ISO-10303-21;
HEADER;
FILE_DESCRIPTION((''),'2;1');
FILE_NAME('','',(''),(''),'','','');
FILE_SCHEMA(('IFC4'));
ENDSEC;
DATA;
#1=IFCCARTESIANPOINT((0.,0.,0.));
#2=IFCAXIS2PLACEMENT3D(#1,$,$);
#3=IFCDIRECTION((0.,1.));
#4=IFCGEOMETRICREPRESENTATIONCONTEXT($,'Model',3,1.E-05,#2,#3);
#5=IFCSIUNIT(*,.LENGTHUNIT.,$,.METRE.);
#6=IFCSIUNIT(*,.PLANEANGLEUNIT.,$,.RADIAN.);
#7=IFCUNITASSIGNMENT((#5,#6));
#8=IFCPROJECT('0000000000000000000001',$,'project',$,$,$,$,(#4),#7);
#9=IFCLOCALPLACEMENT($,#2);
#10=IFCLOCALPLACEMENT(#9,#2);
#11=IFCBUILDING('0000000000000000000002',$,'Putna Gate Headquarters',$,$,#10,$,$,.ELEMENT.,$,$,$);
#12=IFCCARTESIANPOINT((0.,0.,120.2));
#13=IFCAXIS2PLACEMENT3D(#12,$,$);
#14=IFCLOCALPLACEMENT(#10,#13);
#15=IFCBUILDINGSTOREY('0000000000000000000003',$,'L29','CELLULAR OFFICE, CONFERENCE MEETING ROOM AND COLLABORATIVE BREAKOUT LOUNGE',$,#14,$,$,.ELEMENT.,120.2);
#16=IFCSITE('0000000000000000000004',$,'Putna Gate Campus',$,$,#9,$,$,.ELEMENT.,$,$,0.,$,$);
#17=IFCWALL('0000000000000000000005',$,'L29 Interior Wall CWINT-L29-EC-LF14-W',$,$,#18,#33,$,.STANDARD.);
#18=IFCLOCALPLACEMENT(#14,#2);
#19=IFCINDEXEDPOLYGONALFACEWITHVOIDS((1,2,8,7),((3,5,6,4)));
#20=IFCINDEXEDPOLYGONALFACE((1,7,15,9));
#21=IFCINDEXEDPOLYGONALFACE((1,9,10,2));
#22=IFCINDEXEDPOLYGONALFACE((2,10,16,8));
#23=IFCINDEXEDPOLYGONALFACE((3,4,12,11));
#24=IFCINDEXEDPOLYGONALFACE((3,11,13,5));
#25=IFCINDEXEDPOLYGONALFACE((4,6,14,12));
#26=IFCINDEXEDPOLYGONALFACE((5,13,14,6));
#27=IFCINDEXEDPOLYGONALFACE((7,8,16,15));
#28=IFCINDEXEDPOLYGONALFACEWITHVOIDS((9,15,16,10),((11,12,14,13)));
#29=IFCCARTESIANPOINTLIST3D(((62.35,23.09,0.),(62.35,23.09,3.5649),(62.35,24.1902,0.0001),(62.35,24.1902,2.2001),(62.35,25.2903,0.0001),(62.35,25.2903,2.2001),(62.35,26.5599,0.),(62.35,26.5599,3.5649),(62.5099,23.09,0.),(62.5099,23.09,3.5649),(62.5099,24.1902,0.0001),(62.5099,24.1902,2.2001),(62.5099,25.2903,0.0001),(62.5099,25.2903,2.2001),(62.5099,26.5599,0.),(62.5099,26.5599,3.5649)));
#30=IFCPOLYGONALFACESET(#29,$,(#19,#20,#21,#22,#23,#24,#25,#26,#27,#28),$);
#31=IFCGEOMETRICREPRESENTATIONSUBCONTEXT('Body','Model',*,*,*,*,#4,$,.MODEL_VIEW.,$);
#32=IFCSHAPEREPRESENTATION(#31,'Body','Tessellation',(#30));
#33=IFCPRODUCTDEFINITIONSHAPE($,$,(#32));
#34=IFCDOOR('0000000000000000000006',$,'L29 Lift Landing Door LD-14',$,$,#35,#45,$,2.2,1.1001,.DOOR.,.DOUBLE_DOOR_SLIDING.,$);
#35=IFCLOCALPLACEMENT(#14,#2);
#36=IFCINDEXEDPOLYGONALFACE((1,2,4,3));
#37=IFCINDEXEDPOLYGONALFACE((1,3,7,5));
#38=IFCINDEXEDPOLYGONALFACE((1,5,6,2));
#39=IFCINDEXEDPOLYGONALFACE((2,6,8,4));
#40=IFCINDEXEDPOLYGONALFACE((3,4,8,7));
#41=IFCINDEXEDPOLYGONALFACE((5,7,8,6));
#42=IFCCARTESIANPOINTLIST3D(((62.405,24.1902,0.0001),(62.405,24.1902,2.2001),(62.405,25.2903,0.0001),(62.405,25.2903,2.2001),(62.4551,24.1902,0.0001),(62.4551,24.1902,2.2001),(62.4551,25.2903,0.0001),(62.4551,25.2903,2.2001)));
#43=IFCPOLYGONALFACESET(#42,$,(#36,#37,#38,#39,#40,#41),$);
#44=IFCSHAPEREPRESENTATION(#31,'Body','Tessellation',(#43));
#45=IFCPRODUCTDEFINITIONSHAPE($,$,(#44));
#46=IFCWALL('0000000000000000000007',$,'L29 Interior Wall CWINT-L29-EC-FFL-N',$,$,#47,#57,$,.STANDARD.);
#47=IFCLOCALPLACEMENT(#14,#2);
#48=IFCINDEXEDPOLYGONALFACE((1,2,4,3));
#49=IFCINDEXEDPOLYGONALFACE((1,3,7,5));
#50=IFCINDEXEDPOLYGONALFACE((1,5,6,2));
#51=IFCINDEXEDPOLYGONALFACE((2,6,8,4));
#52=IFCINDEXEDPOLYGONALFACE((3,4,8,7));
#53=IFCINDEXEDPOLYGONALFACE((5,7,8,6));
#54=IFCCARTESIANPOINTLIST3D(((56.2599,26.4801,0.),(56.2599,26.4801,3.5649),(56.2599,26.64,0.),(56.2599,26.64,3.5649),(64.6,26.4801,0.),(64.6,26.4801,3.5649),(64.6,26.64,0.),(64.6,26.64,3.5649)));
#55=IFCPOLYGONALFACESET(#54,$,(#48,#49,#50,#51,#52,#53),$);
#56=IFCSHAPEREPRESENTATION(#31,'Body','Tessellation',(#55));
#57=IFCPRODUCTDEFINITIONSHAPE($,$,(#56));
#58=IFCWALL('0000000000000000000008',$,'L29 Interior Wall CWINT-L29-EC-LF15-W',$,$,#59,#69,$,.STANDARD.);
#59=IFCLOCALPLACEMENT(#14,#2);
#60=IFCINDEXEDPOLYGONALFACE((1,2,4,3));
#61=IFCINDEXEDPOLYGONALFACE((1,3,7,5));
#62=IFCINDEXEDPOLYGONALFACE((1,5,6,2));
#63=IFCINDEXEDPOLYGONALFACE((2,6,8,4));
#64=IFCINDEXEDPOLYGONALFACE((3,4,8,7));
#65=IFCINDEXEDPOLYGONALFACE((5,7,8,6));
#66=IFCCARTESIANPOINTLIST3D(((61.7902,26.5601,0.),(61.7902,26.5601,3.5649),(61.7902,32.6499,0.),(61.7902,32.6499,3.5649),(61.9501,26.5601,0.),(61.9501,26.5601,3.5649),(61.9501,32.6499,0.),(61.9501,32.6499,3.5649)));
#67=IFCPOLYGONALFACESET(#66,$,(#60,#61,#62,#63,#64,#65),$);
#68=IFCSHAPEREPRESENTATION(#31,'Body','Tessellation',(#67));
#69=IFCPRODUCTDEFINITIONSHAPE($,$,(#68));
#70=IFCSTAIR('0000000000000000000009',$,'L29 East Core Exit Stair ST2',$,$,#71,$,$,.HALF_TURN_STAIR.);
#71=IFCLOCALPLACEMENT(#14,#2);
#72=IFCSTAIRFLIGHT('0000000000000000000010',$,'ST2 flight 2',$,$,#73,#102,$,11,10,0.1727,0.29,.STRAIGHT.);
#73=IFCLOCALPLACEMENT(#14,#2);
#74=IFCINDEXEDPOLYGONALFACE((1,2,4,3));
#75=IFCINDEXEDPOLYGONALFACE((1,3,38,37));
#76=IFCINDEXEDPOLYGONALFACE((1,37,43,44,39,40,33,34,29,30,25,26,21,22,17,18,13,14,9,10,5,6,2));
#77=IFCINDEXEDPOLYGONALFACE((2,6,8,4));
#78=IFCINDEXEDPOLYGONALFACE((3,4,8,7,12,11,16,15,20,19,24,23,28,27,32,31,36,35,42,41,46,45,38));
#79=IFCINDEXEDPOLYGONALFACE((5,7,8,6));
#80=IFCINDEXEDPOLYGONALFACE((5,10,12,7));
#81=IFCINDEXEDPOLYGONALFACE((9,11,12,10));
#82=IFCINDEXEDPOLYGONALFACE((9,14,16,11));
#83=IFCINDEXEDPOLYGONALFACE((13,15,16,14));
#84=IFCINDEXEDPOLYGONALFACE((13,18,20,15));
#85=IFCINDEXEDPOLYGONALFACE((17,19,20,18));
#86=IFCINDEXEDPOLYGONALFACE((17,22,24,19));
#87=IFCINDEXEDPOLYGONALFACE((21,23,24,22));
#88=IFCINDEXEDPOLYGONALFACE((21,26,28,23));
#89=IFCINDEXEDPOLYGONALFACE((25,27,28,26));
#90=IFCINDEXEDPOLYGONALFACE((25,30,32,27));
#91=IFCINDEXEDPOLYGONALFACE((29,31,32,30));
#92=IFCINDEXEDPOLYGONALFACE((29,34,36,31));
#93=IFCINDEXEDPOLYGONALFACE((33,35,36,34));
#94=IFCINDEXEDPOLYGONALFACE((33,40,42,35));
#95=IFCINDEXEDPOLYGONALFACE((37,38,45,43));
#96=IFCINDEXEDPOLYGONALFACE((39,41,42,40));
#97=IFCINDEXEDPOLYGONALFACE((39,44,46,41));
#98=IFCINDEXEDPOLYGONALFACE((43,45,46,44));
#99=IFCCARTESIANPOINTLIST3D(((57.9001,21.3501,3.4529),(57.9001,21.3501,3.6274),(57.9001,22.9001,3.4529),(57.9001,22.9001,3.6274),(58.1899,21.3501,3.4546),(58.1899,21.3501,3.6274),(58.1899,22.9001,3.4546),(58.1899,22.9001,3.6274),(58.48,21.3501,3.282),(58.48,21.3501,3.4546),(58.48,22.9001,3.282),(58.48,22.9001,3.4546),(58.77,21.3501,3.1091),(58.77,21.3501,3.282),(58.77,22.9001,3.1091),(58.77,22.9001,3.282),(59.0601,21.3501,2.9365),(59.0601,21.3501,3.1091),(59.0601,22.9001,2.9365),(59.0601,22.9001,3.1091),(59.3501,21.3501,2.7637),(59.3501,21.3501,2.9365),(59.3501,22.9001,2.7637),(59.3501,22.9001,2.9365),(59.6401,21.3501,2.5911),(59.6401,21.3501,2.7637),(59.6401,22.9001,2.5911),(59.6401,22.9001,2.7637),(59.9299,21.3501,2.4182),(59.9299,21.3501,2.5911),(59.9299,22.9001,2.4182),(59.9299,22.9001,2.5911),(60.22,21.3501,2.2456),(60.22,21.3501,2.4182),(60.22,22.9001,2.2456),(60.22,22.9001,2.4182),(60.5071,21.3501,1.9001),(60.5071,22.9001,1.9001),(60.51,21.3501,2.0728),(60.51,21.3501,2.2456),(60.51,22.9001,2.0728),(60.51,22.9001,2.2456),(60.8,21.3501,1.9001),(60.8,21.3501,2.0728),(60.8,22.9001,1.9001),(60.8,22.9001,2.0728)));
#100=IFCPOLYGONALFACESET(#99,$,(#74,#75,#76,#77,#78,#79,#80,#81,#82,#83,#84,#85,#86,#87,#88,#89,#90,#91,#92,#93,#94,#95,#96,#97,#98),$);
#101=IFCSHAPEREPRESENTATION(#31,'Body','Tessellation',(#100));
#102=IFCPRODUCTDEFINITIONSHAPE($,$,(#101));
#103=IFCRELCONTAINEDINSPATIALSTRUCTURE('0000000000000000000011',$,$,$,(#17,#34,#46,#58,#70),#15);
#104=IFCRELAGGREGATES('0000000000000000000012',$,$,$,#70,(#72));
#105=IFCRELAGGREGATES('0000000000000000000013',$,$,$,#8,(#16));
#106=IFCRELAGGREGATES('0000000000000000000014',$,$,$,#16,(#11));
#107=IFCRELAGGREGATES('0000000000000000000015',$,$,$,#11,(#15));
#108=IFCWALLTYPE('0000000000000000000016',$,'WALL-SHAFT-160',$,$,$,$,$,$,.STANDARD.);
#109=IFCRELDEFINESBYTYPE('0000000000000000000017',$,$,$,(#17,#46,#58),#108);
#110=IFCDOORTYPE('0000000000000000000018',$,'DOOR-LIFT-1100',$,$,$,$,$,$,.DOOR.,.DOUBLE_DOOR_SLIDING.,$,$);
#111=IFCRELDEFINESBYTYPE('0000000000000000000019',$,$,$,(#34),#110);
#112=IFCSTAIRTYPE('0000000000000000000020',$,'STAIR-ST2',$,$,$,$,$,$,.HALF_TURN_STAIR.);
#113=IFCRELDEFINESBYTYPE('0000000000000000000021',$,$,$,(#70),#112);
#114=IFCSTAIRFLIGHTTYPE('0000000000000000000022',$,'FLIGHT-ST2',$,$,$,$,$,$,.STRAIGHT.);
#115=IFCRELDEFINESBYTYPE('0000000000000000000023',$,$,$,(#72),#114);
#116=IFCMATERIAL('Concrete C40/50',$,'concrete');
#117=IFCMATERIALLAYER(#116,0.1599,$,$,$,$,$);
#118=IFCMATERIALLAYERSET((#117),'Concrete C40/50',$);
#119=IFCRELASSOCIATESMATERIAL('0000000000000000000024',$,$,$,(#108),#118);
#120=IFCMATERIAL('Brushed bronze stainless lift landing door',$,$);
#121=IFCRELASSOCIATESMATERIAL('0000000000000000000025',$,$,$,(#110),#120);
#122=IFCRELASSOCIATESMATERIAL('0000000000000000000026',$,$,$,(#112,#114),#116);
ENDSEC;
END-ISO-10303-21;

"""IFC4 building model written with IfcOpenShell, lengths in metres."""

from ifc_helpers import new_model, si_unit, direction, frame, frame_2d, origin, place, context, subcontext, project, spatial, polyline, rectangle, outline, extrude, material, layer, layer_set, type_object, element, fill, aggregate, save


model = new_model("IFC4")

# Units and contexts
model_context = context("Model", 3, precision=1e-05, world=origin(), true_north=direction((0.0, 1.0)))
body_context = subcontext(model_context, "Body", "Model", "MODEL_VIEW")
ifc_project = project(units=[si_unit("LENGTHUNIT", "METRE"), si_unit("PLANEANGLEUNIT", "RADIAN")], contexts=[model_context])

# Site, building, storey
site_placement = place(None, origin())
site = spatial("IfcSite", under=ifc_project, at=site_placement, Name="Putna Gate Campus", CompositionType="ELEMENT", RefElevation=0.0)
building_placement = place(site_placement, origin())
building = spatial("IfcBuilding", under=site, at=building_placement, Name="Putna Gate Headquarters", CompositionType="ELEMENT")
storey_placement = place(building_placement, frame((0.0, 0.0, 120.2)))
storey = spatial("IfcBuildingStorey", under=building, at=storey_placement, Name="L29", Description="CELLULAR OFFICE, CONFERENCE MEETING ROOM AND COLLABORATIVE BREAKOUT LOUNGE", CompositionType="ELEMENT", Elevation=120.2)

# Wall, opening, door
ifc_material_1 = material(Name="Concrete C40/50", Category="concrete")
ifc_layer_1 = layer(ifc_material_1, 0.1599)
ifc_layer_set_1 = layer_set([ifc_layer_1], Name="Concrete C40/50")
wall_type_1 = type_object("IfcWallType", Name="WALL-SHAFT-160", PredefinedType="STANDARD", material=ifc_layer_set_1)
wall_1_placement = place(storey_placement, frame((62.4299, 23.0901, 0.0), z_axis=(0.0, 0.0, 1.0), x_axis=(0.0, 1.0, 0.0)))
wall_1 = element("IfcWall", 1, at=wall_1_placement, inside=storey, type_object=wall_type_1, Name="L29 Interior Wall CWINT-L29-EC-LF14-W", PredefinedType="STANDARD", context=body_context, shape_type="SweptSolid", body=[
    extrude(rectangle(XDim=3.47, YDim=0.1599, at=frame_2d((1.7349, 0.0))), origin(), (0.0, 0.0, 1.0), 3.5649),
])
opening_1_placement = place(wall_1_placement, frame((1.1001, 0.0, 0.0)))
opening_1 = element("IfcOpeningElement", 2, at=opening_1_placement, cuts=wall_1, PredefinedType="OPENING", context=body_context, shape_type="SweptSolid", body=[
    extrude(rectangle(XDim=1.1001, YDim=2.2, at=frame_2d((0.55, 1.1001))), frame((0.0, 0.0898, 0.0), z_axis=(0.0, -1.0, 0.0), x_axis=(1.0, 0.0, 0.0)), (0.0, 0.0, 1.0), 0.1799),
])
ifc_material_2 = material(Name="Brushed bronze stainless lift landing door")
door_type_1 = type_object("IfcDoorType", Name="DOOR-LIFT-1100", OperationType="DOUBLE_DOOR_SLIDING", PredefinedType="DOOR", material=ifc_material_2)
door_1_placement = place(opening_1_placement, origin())
door_1 = element("IfcDoor", 3, at=door_1_placement, inside=storey, type_object=door_type_1, Name="L29 Lift Landing Door LD-14", OperationType="DOUBLE_DOOR_SLIDING", OverallHeight=2.2, OverallWidth=1.1001, PredefinedType="DOOR", context=body_context, shape_type="SweptSolid", body=[
    extrude(rectangle(XDim=1.1001, YDim=2.2, at=frame_2d((0.55, 1.1001))), frame((0.0, 0.0249, 0.0), z_axis=(0.0, -1.0, 0.0), x_axis=(1.0, 0.0, 0.0)), (0.0, 0.0, 1.0), 0.05),
])
fill(opening_1, door_1)

# Walls
wall_2_placement = place(storey_placement, frame((56.26, 26.5601, 0.0), z_axis=(0.0, 0.0, 1.0), x_axis=(1.0, 0.0, 0.0)))
element("IfcWall", 4, at=wall_2_placement, inside=storey, type_object=wall_type_1, Name="L29 Interior Wall CWINT-L29-EC-FFL-N", PredefinedType="STANDARD", context=body_context, shape_type="SweptSolid", body=[
    extrude(rectangle(XDim=8.3401, YDim=0.1599, at=frame_2d((4.1699, 0.0))), origin(), (0.0, 0.0, 1.0), 3.5649),
])
wall_3_placement = place(storey_placement, frame((61.8701, 26.5601, 0.0), z_axis=(0.0, 0.0, 1.0), x_axis=(0.0, 1.0, 0.0)))
element("IfcWall", 5, at=wall_3_placement, inside=storey, type_object=wall_type_1, Name="L29 Interior Wall CWINT-L29-EC-LF15-W", PredefinedType="STANDARD", context=body_context, shape_type="SweptSolid", body=[
    extrude(rectangle(XDim=6.0898, YDim=0.1599, at=frame_2d((3.0449, 0.0))), origin(), (0.0, 0.0, 1.0), 3.5649),
])

# Stair, stair flight
stair_type = type_object("IfcStairType", Name="STAIR-ST2", PredefinedType="HALF_TURN_STAIR", material=ifc_material_1)
stair_placement = place(storey_placement, origin())
stair = element("IfcStair", 6, at=stair_placement, inside=storey, type_object=stair_type, Name="L29 East Core Exit Stair ST2", PredefinedType="HALF_TURN_STAIR")
stair_flight_type = type_object("IfcStairFlightType", Name="FLIGHT-ST2", PredefinedType="STRAIGHT", material=ifc_material_1)
stair_flight_placement = place(storey_placement, frame((60.8, 22.125, 1.9001), z_axis=(0.0, 0.0, 1.0), x_axis=(-1.0, 0.0, 0.0)))
stair_flight = element("IfcStairFlight", 7, at=stair_flight_placement, type_object=stair_flight_type, Name="ST2 flight 2", NumberOfRisers=11, NumberOfTreads=10, PredefinedType="STRAIGHT", RiserHeight=0.1727, TreadLength=0.29, context=body_context, shape_type="SweptSolid", body=[
    extrude(outline(polyline([(0.0, 0.0), (0.0, 0.1726), (0.29, 0.1726), (0.29, 0.3455), (0.5801, 0.3455), (0.5801, 0.5181), (0.8701, 0.5181), (0.8701, 0.6909), (1.1599, 0.6909), (1.1599, 0.8635), (1.45, 0.8635), (1.45, 1.0364), (1.74, 1.0364), (1.74, 1.209), (2.03, 1.209), (2.03, 1.3818), (2.3201, 1.3818), (2.3201, 1.5544), (2.6101, 1.5544), (2.6101, 1.7273), (2.8999, 1.7273), (2.8999, 1.8999), (2.8999, 1.5527), (0.293, 0.0), (0.0, 0.0)])), frame((0.0, 0.7749, 0.0), z_axis=(0.0, -1.0, 0.0), x_axis=(1.0, 0.0, 0.0)), (0.0, 0.0, 1.0), 1.55),
])
aggregate(stair, [stair_flight])

save(model, "model.ifc")
